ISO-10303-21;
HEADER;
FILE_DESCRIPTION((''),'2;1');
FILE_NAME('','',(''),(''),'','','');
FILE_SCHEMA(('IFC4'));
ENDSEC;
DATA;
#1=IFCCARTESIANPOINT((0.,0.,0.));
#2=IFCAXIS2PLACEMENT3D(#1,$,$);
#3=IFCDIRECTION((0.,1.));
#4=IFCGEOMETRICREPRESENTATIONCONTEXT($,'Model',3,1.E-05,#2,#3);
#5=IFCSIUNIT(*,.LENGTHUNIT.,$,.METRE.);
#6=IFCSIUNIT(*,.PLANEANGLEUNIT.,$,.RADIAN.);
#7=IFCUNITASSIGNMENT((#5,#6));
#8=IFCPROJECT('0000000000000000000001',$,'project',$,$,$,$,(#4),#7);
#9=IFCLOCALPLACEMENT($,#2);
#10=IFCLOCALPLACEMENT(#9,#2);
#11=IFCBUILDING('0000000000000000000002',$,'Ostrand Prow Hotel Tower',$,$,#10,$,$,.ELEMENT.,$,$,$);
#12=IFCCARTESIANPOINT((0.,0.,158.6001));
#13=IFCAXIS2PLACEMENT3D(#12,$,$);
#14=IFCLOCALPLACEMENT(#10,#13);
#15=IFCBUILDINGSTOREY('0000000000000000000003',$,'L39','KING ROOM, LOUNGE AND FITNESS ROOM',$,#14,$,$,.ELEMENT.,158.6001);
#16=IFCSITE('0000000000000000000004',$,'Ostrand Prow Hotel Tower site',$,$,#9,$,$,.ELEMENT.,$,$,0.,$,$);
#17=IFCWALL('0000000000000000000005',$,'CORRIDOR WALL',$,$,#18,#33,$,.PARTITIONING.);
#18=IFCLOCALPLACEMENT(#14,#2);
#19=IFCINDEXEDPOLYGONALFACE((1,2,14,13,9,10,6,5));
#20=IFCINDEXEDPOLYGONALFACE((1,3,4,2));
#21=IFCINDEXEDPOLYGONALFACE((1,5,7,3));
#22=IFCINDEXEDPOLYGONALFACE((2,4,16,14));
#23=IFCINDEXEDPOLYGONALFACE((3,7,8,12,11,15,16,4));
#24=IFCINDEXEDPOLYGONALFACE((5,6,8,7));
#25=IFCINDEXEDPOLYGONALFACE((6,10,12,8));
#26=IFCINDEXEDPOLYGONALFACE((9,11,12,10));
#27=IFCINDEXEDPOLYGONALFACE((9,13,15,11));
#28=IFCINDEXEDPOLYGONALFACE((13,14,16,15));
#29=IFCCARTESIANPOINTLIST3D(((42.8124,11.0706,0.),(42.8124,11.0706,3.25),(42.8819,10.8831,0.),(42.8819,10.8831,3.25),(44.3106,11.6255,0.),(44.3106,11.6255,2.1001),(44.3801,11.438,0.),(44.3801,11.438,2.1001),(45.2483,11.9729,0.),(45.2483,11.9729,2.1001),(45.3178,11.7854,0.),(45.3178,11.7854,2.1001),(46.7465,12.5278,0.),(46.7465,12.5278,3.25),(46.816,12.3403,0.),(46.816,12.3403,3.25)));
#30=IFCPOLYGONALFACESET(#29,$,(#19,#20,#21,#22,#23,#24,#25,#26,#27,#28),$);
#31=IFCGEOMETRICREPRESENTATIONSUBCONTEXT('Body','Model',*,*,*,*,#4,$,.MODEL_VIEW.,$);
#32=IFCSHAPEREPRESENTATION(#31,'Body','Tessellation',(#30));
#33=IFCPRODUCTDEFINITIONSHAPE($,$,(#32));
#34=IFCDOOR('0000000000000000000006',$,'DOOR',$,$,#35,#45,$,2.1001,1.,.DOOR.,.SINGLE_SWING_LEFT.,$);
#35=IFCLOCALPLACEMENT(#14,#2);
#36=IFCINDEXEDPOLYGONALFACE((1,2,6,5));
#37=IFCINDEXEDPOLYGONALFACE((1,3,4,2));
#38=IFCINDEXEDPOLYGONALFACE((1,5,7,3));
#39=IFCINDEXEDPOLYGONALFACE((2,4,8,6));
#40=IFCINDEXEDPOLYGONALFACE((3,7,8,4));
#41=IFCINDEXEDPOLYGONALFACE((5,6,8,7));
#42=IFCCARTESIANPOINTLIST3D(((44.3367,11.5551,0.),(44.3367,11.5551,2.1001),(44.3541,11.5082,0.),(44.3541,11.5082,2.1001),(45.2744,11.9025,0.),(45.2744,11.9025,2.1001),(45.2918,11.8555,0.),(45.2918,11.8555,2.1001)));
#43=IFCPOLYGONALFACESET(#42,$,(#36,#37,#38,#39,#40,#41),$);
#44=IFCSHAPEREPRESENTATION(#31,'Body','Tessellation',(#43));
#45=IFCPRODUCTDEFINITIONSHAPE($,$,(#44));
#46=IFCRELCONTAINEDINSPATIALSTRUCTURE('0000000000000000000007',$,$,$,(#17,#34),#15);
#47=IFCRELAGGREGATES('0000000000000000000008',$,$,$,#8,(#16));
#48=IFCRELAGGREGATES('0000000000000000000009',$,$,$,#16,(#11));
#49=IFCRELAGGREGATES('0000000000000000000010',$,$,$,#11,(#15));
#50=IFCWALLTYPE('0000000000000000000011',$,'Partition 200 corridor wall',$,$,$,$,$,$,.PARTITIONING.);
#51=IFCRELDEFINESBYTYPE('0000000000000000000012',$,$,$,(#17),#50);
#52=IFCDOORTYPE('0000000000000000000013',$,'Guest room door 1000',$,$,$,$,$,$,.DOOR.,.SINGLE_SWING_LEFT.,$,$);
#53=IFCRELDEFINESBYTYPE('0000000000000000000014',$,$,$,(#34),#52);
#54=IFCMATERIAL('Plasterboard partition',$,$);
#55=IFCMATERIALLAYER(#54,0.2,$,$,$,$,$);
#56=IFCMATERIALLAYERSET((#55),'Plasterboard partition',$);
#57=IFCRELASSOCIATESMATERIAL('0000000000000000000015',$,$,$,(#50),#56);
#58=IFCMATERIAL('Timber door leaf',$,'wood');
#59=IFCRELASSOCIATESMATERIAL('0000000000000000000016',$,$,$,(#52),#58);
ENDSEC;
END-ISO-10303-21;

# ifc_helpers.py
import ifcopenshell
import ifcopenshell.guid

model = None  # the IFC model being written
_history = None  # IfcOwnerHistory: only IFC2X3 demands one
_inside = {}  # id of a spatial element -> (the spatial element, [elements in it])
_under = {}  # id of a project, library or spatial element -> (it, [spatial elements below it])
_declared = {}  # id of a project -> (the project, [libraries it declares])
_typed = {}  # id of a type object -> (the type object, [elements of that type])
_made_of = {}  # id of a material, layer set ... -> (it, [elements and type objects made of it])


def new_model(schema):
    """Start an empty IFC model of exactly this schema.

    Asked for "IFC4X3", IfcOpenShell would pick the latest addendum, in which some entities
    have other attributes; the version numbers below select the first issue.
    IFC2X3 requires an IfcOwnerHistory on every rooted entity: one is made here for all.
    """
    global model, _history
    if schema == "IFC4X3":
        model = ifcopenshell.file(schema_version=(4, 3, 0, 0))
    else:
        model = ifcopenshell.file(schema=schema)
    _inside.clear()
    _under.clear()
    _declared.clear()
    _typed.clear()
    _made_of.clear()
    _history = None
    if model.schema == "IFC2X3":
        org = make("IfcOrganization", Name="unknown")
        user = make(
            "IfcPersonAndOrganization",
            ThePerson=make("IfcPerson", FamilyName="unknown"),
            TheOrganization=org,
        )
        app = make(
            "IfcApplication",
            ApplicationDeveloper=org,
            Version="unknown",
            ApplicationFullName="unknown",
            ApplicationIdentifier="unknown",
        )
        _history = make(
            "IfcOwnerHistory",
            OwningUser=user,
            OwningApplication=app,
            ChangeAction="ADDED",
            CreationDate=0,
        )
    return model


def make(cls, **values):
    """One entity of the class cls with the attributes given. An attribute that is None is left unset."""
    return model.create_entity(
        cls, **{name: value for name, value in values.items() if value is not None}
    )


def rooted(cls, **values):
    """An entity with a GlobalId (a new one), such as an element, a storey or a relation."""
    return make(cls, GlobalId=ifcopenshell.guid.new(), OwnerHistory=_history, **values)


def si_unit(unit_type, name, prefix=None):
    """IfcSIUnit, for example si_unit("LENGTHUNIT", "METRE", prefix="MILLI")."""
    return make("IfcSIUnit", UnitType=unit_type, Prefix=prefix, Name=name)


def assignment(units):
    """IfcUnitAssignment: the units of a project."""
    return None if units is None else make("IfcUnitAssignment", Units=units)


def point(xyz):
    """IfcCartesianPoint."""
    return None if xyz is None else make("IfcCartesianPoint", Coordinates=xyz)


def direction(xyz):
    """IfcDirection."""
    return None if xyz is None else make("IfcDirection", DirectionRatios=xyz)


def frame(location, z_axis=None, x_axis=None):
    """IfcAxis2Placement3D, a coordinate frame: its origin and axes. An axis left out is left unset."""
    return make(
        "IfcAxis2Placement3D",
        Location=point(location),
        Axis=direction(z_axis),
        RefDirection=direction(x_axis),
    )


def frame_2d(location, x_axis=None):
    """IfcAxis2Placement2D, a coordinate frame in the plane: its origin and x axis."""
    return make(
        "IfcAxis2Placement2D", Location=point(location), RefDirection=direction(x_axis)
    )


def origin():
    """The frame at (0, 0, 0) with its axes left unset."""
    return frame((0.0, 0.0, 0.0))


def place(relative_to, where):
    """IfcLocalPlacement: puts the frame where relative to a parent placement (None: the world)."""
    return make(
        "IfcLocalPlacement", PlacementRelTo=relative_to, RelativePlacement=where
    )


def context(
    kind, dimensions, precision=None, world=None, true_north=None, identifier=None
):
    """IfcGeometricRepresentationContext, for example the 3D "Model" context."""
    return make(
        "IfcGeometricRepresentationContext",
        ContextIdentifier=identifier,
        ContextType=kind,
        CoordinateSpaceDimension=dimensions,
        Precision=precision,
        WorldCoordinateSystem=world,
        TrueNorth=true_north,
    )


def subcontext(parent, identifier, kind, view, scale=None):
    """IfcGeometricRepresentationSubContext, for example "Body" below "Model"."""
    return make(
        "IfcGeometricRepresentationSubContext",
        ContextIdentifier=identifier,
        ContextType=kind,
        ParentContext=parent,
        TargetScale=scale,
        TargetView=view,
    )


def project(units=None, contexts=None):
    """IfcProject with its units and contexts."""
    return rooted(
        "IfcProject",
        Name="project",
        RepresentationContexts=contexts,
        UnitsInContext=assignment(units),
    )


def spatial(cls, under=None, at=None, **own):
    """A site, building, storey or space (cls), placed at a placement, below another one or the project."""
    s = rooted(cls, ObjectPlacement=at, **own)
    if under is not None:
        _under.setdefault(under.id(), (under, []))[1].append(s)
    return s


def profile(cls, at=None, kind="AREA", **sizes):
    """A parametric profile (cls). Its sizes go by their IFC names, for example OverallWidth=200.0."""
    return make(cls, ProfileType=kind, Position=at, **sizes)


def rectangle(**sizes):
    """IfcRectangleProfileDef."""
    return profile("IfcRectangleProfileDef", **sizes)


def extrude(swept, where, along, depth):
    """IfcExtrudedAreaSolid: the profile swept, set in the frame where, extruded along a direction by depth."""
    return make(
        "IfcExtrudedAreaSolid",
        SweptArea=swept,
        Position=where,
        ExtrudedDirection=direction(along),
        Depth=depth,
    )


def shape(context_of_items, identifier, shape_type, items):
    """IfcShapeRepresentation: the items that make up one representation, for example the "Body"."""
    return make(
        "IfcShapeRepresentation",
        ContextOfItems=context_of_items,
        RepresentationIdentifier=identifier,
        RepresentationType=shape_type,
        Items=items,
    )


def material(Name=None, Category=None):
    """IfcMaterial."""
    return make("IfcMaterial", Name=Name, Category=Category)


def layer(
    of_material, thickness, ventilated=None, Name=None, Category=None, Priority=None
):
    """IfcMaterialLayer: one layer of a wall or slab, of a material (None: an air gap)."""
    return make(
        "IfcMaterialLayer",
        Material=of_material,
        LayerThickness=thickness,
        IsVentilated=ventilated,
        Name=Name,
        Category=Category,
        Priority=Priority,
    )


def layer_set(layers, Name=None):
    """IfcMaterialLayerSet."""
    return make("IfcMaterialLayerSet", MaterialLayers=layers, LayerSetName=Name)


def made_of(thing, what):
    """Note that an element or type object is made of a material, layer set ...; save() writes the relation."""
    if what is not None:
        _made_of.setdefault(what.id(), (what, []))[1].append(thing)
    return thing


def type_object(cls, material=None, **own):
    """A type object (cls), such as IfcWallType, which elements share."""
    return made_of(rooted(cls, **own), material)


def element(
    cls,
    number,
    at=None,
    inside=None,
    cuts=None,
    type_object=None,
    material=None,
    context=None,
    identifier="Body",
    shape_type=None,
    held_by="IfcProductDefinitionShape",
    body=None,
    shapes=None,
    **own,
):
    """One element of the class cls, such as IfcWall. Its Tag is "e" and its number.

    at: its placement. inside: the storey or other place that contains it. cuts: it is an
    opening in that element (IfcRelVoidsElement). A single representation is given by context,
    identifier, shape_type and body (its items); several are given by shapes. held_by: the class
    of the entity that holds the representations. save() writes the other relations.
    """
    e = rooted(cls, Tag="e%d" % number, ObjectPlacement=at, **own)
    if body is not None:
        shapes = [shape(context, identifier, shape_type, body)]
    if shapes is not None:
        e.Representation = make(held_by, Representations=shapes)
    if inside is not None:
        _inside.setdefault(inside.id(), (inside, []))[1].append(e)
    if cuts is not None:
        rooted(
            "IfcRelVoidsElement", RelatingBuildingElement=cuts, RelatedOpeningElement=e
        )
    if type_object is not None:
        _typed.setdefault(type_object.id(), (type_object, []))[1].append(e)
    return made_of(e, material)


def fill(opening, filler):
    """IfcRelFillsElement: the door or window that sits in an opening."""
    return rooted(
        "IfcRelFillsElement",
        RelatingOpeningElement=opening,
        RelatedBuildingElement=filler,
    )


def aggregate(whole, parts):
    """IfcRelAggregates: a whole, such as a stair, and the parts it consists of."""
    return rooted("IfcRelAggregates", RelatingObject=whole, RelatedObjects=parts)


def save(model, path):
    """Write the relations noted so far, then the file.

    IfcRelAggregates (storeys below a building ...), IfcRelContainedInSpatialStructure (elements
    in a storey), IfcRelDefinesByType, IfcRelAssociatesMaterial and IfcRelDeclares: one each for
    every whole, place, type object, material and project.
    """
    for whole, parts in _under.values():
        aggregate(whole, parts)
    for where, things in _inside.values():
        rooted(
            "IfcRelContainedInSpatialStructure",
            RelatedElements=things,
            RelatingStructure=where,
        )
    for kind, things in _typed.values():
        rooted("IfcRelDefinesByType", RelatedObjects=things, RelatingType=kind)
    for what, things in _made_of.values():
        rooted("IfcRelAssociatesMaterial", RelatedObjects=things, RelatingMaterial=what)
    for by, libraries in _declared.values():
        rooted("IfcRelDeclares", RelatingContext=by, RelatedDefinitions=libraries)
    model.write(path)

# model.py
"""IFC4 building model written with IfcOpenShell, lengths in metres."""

from ifc_helpers import new_model, si_unit, direction, frame, frame_2d, origin, place, context, subcontext, project, spatial, rectangle, extrude, material, layer, layer_set, type_object, element, fill, save


model = new_model("IFC4")

# Units and contexts
model_context = context("Model", 3, precision=1e-05, world=origin(), true_north=direction((0.0, 1.0)))
body_context = subcontext(model_context, "Body", "Model", "MODEL_VIEW")
ifc_project = project(units=[si_unit("LENGTHUNIT", "METRE"), si_unit("PLANEANGLEUNIT", "RADIAN")], contexts=[model_context])

# Site, building, storey
site_placement = place(None, origin())
site = spatial("IfcSite", under=ifc_project, at=site_placement, Name="Ostrand Prow Hotel Tower site", CompositionType="ELEMENT", RefElevation=0.0)
building_placement = place(site_placement, origin())
building = spatial("IfcBuilding", under=site, at=building_placement, Name="Ostrand Prow Hotel Tower", CompositionType="ELEMENT")
storey_placement = place(building_placement, frame((0.0, 0.0, 158.6001)))
storey = spatial("IfcBuildingStorey", under=building, at=storey_placement, Name="L39", Description="KING ROOM, LOUNGE AND FITNESS ROOM", CompositionType="ELEMENT", Elevation=158.6001)

# Wall, opening, door
ifc_material_1 = material(Name="Plasterboard partition")
ifc_layer_1 = layer(ifc_material_1, 0.2)
ifc_layer_set_1 = layer_set([ifc_layer_1], Name="Plasterboard partition")
wall_type_1 = type_object("IfcWallType", Name="Partition 200 corridor wall", PredefinedType="PARTITIONING", material=ifc_layer_set_1)
wall_1_placement = place(storey_placement, frame((42.8472, 10.9768, 0.0), z_axis=(0.0, 0.0, 1.0), x_axis=(0.937733, 0.347358, 0.0)))
wall_1 = element("IfcWall", 1, at=wall_1_placement, inside=storey, type_object=wall_type_1, Name="CORRIDOR WALL", PredefinedType="PARTITIONING", context=body_context, shape_type="SweptSolid", body=[
    extrude(rectangle(XDim=4.1953, YDim=0.2, at=frame_2d((2.0977, 0.0))), origin(), (0.0, 0.0, 1.0), 3.25),
])
opening_1_placement = place(wall_1_placement, frame((1.5977, 0.0, 0.0)))
opening_1 = element("IfcOpeningElement", 2, at=opening_1_placement, cuts=wall_1, PredefinedType="OPENING", context=body_context, shape_type="SweptSolid", body=[
    extrude(rectangle(XDim=1.0, YDim=2.1001, at=frame_2d((0.5, 1.05))), frame((0.0, 0.1099, 0.0), z_axis=(0.0, -1.0, 0.0), x_axis=(1.0, 0.0, 0.0)), (0.0, 0.0, 1.0), 0.22),
])
ifc_material_2 = material(Name="Timber door leaf", Category="wood")
door_type_1 = type_object("IfcDoorType", Name="Guest room door 1000", OperationType="SINGLE_SWING_LEFT", PredefinedType="DOOR", material=ifc_material_2)
door_1_placement = place(opening_1_placement, origin())
door_1 = element("IfcDoor", 3, at=door_1_placement, inside=storey, type_object=door_type_1, Name="DOOR", OperationType="SINGLE_SWING_LEFT", OverallHeight=2.1001, OverallWidth=1.0, PredefinedType="DOOR", context=body_context, shape_type="SweptSolid", body=[
    extrude(rectangle(XDim=1.0, YDim=2.1001, at=frame_2d((0.5, 1.05))), frame((0.0, 0.0249, 0.0), z_axis=(0.0, -1.0, 0.0), x_axis=(1.0, 0.0, 0.0)), (0.0, 0.0, 1.0), 0.05),
])
fill(opening_1, door_1)

save(model, "model.ifc")
